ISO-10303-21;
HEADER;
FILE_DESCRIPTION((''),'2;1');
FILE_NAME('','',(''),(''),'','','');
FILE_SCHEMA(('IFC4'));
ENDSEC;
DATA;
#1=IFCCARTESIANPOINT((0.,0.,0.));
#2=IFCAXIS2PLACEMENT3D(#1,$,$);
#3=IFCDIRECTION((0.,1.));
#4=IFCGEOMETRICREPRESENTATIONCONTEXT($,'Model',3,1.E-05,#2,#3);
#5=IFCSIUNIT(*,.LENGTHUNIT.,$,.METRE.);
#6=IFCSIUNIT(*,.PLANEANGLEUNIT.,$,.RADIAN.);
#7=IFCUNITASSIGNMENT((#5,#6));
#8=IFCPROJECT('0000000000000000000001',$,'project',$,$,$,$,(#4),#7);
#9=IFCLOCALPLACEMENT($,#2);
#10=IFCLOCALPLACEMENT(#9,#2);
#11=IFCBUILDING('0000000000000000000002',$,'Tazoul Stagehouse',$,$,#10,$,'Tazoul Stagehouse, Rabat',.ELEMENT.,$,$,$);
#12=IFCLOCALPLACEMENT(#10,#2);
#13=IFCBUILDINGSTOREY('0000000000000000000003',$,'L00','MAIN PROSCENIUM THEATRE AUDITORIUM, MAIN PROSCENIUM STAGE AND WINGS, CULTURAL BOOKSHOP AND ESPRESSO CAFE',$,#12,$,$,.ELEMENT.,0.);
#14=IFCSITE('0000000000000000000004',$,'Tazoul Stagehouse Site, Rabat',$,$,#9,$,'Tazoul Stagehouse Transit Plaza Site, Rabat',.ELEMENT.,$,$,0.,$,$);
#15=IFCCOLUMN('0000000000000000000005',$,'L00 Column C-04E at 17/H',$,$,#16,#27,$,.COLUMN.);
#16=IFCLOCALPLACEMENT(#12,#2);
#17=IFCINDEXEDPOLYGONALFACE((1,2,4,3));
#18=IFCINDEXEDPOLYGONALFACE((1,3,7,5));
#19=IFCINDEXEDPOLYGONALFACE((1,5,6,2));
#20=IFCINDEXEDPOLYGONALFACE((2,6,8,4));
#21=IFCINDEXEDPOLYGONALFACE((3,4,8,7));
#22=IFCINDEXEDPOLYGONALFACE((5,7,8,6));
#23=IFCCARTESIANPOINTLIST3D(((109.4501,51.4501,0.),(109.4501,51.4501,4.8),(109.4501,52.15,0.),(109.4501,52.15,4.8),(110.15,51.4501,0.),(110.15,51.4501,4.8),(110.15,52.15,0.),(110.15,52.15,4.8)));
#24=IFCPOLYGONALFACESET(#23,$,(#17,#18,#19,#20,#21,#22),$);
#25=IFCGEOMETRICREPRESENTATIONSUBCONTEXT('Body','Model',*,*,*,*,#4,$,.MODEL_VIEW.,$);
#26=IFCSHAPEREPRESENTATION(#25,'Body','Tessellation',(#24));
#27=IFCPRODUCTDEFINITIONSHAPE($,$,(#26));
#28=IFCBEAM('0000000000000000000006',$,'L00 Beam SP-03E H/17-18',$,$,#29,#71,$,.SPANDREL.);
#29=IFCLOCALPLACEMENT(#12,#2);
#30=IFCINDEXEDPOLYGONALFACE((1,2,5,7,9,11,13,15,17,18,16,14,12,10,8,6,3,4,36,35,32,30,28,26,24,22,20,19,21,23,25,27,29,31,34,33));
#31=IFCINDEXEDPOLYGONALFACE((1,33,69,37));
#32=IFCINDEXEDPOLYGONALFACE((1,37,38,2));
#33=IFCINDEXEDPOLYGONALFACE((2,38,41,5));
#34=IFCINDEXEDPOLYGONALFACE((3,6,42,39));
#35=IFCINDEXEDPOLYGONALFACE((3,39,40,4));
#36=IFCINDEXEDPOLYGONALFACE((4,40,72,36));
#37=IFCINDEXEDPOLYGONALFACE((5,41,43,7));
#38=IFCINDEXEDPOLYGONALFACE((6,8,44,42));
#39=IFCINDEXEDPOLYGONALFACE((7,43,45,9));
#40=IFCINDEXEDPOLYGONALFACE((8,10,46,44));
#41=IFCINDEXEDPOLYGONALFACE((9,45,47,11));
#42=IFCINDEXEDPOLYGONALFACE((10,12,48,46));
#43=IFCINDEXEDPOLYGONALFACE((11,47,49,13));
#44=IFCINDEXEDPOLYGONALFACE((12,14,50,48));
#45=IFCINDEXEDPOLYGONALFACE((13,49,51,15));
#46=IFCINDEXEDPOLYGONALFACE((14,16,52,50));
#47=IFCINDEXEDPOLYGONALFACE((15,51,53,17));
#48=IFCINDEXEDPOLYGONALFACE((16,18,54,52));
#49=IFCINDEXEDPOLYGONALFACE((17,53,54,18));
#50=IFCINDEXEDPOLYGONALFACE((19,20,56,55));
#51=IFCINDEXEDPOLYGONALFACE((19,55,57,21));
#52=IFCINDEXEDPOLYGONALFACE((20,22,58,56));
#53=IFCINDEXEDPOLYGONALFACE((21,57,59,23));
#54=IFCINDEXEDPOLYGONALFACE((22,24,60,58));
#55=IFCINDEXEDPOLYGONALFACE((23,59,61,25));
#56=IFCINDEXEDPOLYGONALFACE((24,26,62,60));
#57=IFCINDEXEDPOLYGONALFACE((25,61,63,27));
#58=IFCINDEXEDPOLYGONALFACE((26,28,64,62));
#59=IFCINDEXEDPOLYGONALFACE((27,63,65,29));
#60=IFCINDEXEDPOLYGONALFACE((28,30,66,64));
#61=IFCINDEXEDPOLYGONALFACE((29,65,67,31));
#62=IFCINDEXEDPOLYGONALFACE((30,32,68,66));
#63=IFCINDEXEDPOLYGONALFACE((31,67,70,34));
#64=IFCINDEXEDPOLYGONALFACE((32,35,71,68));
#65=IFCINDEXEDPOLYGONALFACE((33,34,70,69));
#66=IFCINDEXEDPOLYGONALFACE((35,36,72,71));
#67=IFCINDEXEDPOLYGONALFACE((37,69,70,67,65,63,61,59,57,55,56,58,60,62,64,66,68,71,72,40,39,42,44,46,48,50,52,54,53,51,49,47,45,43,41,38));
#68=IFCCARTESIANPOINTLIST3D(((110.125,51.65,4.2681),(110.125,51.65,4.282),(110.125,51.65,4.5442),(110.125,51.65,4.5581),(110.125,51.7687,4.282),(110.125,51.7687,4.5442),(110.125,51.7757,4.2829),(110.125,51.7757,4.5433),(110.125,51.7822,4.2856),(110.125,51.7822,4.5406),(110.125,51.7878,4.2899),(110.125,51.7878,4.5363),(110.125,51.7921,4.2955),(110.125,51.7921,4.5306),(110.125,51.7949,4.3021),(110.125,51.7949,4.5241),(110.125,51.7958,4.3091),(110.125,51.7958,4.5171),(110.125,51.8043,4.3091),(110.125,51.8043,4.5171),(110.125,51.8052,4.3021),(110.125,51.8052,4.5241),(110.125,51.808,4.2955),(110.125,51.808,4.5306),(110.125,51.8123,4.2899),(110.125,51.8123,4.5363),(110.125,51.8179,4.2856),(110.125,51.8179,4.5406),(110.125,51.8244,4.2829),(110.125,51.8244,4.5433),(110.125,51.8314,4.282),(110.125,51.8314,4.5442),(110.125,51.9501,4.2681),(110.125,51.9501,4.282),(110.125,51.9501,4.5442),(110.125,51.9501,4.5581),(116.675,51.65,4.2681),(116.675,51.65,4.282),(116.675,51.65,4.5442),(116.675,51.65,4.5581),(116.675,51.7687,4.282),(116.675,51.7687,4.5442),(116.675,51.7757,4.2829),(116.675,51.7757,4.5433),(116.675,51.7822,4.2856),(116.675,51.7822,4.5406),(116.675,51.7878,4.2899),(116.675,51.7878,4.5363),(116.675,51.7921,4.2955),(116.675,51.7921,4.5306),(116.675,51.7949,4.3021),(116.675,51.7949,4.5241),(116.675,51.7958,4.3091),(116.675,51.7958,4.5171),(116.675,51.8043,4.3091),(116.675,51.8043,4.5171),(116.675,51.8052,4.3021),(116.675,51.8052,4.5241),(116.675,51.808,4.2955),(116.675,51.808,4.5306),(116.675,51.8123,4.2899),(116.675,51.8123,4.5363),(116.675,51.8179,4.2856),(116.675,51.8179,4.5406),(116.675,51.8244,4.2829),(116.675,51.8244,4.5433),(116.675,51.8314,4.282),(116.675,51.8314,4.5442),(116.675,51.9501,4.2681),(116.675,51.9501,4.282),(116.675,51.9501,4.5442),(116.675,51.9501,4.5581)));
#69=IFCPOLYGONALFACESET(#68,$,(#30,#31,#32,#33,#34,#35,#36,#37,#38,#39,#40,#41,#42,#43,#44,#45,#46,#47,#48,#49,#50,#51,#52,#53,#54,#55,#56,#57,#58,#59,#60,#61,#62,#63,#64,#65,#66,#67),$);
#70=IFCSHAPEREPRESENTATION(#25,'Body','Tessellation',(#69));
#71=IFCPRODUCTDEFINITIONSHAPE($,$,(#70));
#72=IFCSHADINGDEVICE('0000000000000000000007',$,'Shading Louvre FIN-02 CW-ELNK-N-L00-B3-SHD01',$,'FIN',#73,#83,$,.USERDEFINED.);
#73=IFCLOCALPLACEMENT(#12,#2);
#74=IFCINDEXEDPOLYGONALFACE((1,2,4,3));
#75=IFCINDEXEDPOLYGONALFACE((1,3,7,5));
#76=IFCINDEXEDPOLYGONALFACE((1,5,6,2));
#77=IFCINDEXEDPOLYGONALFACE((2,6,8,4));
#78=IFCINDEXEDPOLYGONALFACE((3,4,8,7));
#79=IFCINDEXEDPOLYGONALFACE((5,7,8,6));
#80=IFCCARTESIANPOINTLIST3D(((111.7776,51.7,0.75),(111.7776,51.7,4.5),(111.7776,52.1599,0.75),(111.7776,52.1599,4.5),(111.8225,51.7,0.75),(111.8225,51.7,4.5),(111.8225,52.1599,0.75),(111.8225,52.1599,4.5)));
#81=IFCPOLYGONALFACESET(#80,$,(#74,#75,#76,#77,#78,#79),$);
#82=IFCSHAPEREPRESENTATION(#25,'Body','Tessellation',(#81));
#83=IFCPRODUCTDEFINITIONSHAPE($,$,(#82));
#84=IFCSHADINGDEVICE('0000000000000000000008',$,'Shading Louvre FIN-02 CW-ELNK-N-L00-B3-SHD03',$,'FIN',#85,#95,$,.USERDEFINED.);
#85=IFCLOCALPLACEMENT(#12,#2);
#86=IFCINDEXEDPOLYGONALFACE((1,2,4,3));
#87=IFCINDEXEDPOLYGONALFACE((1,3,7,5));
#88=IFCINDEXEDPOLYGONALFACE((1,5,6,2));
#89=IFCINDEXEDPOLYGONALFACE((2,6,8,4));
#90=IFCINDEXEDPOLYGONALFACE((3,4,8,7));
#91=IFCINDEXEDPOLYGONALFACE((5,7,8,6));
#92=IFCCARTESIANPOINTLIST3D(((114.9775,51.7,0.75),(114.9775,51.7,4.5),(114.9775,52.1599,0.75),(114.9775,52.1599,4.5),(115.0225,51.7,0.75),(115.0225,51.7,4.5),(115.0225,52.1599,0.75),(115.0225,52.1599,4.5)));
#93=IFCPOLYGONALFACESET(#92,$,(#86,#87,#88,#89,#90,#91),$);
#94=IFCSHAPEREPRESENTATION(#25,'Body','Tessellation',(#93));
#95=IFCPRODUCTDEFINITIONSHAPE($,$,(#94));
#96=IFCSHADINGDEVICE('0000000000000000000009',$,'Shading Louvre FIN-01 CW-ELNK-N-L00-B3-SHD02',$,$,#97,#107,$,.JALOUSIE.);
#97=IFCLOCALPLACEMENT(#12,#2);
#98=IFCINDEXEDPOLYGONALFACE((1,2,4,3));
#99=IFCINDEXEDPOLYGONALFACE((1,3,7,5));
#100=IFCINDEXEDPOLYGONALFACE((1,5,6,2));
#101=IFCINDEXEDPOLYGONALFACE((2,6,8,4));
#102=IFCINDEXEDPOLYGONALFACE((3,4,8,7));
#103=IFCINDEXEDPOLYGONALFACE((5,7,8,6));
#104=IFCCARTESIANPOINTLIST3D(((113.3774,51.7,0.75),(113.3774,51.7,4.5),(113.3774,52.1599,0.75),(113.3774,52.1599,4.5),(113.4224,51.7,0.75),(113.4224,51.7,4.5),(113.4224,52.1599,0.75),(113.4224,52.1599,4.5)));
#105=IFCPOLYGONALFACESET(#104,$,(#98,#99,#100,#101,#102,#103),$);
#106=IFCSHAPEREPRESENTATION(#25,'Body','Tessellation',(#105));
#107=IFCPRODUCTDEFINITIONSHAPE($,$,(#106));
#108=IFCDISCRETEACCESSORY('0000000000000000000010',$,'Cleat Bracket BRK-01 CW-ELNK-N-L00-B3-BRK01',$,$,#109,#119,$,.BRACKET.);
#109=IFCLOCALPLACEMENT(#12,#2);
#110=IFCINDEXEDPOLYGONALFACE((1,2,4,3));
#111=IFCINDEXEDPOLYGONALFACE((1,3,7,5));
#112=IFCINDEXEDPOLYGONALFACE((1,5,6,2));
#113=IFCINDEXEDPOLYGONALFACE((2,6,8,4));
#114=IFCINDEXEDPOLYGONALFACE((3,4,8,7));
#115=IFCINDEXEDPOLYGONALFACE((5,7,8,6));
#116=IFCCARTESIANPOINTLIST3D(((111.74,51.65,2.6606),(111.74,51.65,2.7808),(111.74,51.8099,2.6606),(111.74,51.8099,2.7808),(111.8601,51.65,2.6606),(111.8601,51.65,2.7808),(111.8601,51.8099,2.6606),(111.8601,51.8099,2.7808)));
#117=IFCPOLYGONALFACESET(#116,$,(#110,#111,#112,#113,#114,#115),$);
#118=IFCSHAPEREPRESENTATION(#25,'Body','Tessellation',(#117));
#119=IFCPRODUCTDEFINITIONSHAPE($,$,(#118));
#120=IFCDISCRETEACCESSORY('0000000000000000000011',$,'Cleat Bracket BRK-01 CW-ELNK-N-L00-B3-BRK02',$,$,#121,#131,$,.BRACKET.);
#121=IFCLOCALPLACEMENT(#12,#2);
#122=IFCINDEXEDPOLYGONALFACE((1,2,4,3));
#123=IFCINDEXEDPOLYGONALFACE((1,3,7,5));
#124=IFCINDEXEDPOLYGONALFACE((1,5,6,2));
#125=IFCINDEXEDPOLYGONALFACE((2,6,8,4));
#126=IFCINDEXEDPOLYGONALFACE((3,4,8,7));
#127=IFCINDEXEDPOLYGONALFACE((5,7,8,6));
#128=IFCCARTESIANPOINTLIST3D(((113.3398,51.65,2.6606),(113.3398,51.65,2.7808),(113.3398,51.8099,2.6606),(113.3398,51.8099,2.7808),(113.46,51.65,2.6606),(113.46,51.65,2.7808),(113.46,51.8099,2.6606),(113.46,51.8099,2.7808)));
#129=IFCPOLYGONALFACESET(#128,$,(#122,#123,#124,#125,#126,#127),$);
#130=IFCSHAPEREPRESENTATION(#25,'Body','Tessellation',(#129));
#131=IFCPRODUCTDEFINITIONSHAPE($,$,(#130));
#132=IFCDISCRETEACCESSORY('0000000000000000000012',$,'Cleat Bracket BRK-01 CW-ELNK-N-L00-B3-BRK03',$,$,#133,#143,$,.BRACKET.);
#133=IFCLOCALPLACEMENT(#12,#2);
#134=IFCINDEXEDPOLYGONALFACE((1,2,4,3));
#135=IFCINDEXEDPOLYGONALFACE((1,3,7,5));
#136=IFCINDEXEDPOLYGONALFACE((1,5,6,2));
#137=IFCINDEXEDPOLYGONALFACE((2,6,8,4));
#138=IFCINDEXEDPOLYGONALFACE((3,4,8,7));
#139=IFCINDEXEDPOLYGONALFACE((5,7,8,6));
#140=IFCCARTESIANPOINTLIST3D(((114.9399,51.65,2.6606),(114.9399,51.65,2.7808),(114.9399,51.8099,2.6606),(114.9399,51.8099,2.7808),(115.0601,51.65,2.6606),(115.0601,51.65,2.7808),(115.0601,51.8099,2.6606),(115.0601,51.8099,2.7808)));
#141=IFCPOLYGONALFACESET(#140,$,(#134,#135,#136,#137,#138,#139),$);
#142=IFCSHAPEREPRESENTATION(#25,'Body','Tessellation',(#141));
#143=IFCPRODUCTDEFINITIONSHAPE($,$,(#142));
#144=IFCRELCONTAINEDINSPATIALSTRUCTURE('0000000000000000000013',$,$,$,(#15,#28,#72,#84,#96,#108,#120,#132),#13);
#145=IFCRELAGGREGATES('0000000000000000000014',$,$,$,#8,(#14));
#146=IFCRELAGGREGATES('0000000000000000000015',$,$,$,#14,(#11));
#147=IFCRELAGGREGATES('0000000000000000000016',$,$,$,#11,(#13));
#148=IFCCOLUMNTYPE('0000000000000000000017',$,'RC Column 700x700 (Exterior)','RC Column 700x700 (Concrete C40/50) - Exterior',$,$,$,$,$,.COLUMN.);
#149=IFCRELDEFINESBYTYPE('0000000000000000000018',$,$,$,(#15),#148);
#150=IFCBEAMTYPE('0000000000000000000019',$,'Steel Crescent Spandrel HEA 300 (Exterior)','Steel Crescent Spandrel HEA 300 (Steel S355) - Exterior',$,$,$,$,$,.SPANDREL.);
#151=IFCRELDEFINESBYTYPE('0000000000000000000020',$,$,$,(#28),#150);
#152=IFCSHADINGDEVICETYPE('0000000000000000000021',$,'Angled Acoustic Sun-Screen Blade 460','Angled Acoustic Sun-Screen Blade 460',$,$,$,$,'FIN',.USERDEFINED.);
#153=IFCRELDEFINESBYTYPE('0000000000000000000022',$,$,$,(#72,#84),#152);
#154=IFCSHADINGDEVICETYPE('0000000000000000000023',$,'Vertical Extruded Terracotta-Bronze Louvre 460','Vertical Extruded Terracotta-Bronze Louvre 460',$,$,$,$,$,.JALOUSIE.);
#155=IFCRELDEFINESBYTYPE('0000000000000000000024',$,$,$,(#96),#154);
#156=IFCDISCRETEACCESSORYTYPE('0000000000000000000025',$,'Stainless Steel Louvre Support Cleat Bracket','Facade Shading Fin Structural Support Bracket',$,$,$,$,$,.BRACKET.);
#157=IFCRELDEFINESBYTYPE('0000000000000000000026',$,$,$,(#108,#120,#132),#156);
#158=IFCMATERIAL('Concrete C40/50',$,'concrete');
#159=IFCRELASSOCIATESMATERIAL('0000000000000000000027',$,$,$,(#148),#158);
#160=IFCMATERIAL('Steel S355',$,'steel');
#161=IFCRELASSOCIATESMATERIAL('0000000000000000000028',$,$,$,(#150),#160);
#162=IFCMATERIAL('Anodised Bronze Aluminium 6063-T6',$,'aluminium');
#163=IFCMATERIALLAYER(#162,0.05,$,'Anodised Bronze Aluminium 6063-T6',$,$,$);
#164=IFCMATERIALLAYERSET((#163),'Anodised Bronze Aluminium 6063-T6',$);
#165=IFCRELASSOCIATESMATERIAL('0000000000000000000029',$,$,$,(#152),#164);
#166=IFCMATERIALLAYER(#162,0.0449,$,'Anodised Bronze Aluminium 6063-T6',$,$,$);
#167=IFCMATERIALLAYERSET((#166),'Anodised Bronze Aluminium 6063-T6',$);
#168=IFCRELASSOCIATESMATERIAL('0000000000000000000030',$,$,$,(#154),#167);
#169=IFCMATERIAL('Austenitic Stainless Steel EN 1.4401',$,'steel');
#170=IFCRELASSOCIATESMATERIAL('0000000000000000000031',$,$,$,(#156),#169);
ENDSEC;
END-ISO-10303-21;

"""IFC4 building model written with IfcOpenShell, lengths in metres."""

from ifc_helpers import new_model, si_unit, direction, frame, origin, origin_2d, place, context, subcontext, project, spatial, rectangle, i_section, extrude, material, layer, layer_set, material_profile, profile_set, type_object, element, save


model = new_model("IFC4")

# Units and contexts
model_context = context("Model", 3, precision=1e-05, world=origin(), true_north=direction((0.0, 1.0)))
body_context = subcontext(model_context, "Body", "Model", "MODEL_VIEW")
ifc_project = project(units=[si_unit("LENGTHUNIT", "METRE"), si_unit("PLANEANGLEUNIT", "RADIAN")], contexts=[model_context])

# Site, building, storey
site_placement = place(None, origin())
site = spatial("IfcSite", under=ifc_project, at=site_placement, Name="Tazoul Stagehouse Site, Rabat", LongName="Tazoul Stagehouse Transit Plaza Site, Rabat", CompositionType="ELEMENT", RefElevation=0.0)
building_placement = place(site_placement, origin())
building = spatial("IfcBuilding", under=site, at=building_placement, Name="Tazoul Stagehouse", LongName="Tazoul Stagehouse, Rabat", CompositionType="ELEMENT")
storey_placement = place(building_placement, origin())
storey = spatial("IfcBuildingStorey", under=building, at=storey_placement, Name="L00", Description="MAIN PROSCENIUM THEATRE AUDITORIUM, MAIN PROSCENIUM STAGE AND WINGS, CULTURAL BOOKSHOP AND ESPRESSO CAFE", CompositionType="ELEMENT", Elevation=0.0)

# Column
ifc_material_1 = material(Name="Concrete C40/50", Category="concrete")
ifc_material_profile_1 = material_profile(ifc_material_1, rectangle(XDim=0.7, YDim=0.7, at=origin_2d()), Name="RC 700x700")
ifc_profile_set_1 = profile_set([ifc_material_profile_1], Name="Concrete C40/50")
column_type = type_object("IfcColumnType", Name="RC Column 700x700 (Exterior)", Description="RC Column 700x700 (Concrete C40/50) - Exterior", PredefinedType="COLUMN", material=ifc_profile_set_1)
column_placement = place(storey_placement, frame((109.8, 51.8, 0.0), z_axis=(0.0, 0.0, 1.0), x_axis=(1.0, 0.0, 0.0)))
element("IfcColumn", 1, at=column_placement, inside=storey, type_object=column_type, Name="L00 Column C-04E at 17/H", PredefinedType="COLUMN", context=body_context, shape_type="SweptSolid", body=[
    extrude(rectangle(XDim=0.7, YDim=0.7, at=origin_2d()), origin(), (0.0, 0.0, 1.0), 4.8),
])

# Beam
ifc_material_2 = material(Name="Steel S355", Category="steel")
ifc_material_profile_2 = material_profile(ifc_material_2, i_section(OverallWidth=0.3, OverallDepth=0.29, WebThickness=0.0085, FlangeThickness=0.0139, FilletRadius=0.0271, at=origin_2d()), Name="HEA 300")
ifc_profile_set_2 = profile_set([ifc_material_profile_2], Name="Steel S355")
beam_type = type_object("IfcBeamType", Name="Steel Crescent Spandrel HEA 300 (Exterior)", Description="Steel Crescent Spandrel HEA 300 (Steel S355) - Exterior", PredefinedType="SPANDREL", material=ifc_profile_set_2)
beam_placement = place(storey_placement, frame((110.125, 51.8, 4.4131), z_axis=(1.0, 0.0, 0.0), x_axis=(0.0, 1.0, 0.0)))
element("IfcBeam", 2, at=beam_placement, inside=storey, type_object=beam_type, Name="L00 Beam SP-03E H/17-18", PredefinedType="SPANDREL", context=body_context, shape_type="SweptSolid", body=[
    extrude(i_section(OverallWidth=0.3, OverallDepth=0.29, WebThickness=0.0085, FlangeThickness=0.0139, FilletRadius=0.0271, at=origin_2d()), origin(), (0.0, 0.0, 1.0), 6.55),
])

# Shading devices
ifc_material_3 = material(Name="Anodised Bronze Aluminium 6063-T6", Category="aluminium")
ifc_layer_1 = layer(ifc_material_3, 0.05, Name="Anodised Bronze Aluminium 6063-T6")
ifc_layer_set_1 = layer_set([ifc_layer_1], Name="Anodised Bronze Aluminium 6063-T6")
shading_device_type_1 = type_object("IfcShadingDeviceType", Name="Angled Acoustic Sun-Screen Blade 460", Description="Angled Acoustic Sun-Screen Blade 460", ElementType="FIN", PredefinedType="USERDEFINED", material=ifc_layer_set_1)
for number, where, z_axis, x_axis, name in (
    (3, (111.8, 51.9299, 0.75), (0.0, 0.0, 1.0), (1.0, 0.0, 0.0), "Shading Louvre FIN-02 CW-ELNK-N-L00-B3-SHD01"),
    (4, (115.0, 51.9299, 0.75), (0.0, 0.0, 1.0), (1.0, 0.0, 0.0), "Shading Louvre FIN-02 CW-ELNK-N-L00-B3-SHD03"),
):
    element("IfcShadingDevice", number, at=place(storey_placement, frame(where, z_axis=z_axis, x_axis=x_axis)), inside=storey, type_object=shading_device_type_1, Name=name, ObjectType="FIN", PredefinedType="USERDEFINED", context=body_context, shape_type="SweptSolid", body=[
        extrude(rectangle(XDim=0.0449, YDim=0.46, at=origin_2d()), origin(), (0.0, 0.0, 1.0), 3.75),
    ])
ifc_layer_2 = layer(ifc_material_3, 0.0449, Name="Anodised Bronze Aluminium 6063-T6")
ifc_layer_set_2 = layer_set([ifc_layer_2], Name="Anodised Bronze Aluminium 6063-T6")
shading_device_type_2 = type_object("IfcShadingDeviceType", Name="Vertical Extruded Terracotta-Bronze Louvre 460", Description="Vertical Extruded Terracotta-Bronze Louvre 460", PredefinedType="JALOUSIE", material=ifc_layer_set_2)
shading_device_placement = place(storey_placement, frame((113.3999, 51.9299, 0.75), z_axis=(0.0, 0.0, 1.0), x_axis=(1.0, 0.0, 0.0)))
element("IfcShadingDevice", 5, at=shading_device_placement, inside=storey, type_object=shading_device_type_2, Name="Shading Louvre FIN-01 CW-ELNK-N-L00-B3-SHD02", PredefinedType="JALOUSIE", context=body_context, shape_type="SweptSolid", body=[
    extrude(rectangle(XDim=0.0449, YDim=0.46, at=origin_2d()), origin(), (0.0, 0.0, 1.0), 3.75),
])

# Discrete accessories
ifc_material_4 = material(Name="Austenitic Stainless Steel EN 1.4401", Category="steel")
discrete_accessory_type = type_object("IfcDiscreteAccessoryType", Name="Stainless Steel Louvre Support Cleat Bracket", Description="Facade Shading Fin Structural Support Bracket", PredefinedType="BRACKET", material=ifc_material_4)
for number, where, z_axis, x_axis, name in (
    (6, (111.8, 51.73, 2.6606), (0.0, 0.0, 1.0), (1.0, 0.0, 0.0), "Cleat Bracket BRK-01 CW-ELNK-N-L00-B3-BRK01"),
    (7, (113.3999, 51.73, 2.6606), (0.0, 0.0, 1.0), (1.0, 0.0, 0.0), "Cleat Bracket BRK-01 CW-ELNK-N-L00-B3-BRK02"),
    (8, (115.0, 51.73, 2.6606), (0.0, 0.0, 1.0), (1.0, 0.0, 0.0), "Cleat Bracket BRK-01 CW-ELNK-N-L00-B3-BRK03"),
):
    element("IfcDiscreteAccessory", number, at=place(storey_placement, frame(where, z_axis=z_axis, x_axis=x_axis)), inside=storey, type_object=discrete_accessory_type, Name=name, PredefinedType="BRACKET", context=body_context, shape_type="SweptSolid", body=[
        extrude(rectangle(XDim=0.1201, YDim=0.1599, at=origin_2d()), origin(), (0.0, 0.0, 1.0), 0.1201),
    ])

save(model, "model.ifc")
